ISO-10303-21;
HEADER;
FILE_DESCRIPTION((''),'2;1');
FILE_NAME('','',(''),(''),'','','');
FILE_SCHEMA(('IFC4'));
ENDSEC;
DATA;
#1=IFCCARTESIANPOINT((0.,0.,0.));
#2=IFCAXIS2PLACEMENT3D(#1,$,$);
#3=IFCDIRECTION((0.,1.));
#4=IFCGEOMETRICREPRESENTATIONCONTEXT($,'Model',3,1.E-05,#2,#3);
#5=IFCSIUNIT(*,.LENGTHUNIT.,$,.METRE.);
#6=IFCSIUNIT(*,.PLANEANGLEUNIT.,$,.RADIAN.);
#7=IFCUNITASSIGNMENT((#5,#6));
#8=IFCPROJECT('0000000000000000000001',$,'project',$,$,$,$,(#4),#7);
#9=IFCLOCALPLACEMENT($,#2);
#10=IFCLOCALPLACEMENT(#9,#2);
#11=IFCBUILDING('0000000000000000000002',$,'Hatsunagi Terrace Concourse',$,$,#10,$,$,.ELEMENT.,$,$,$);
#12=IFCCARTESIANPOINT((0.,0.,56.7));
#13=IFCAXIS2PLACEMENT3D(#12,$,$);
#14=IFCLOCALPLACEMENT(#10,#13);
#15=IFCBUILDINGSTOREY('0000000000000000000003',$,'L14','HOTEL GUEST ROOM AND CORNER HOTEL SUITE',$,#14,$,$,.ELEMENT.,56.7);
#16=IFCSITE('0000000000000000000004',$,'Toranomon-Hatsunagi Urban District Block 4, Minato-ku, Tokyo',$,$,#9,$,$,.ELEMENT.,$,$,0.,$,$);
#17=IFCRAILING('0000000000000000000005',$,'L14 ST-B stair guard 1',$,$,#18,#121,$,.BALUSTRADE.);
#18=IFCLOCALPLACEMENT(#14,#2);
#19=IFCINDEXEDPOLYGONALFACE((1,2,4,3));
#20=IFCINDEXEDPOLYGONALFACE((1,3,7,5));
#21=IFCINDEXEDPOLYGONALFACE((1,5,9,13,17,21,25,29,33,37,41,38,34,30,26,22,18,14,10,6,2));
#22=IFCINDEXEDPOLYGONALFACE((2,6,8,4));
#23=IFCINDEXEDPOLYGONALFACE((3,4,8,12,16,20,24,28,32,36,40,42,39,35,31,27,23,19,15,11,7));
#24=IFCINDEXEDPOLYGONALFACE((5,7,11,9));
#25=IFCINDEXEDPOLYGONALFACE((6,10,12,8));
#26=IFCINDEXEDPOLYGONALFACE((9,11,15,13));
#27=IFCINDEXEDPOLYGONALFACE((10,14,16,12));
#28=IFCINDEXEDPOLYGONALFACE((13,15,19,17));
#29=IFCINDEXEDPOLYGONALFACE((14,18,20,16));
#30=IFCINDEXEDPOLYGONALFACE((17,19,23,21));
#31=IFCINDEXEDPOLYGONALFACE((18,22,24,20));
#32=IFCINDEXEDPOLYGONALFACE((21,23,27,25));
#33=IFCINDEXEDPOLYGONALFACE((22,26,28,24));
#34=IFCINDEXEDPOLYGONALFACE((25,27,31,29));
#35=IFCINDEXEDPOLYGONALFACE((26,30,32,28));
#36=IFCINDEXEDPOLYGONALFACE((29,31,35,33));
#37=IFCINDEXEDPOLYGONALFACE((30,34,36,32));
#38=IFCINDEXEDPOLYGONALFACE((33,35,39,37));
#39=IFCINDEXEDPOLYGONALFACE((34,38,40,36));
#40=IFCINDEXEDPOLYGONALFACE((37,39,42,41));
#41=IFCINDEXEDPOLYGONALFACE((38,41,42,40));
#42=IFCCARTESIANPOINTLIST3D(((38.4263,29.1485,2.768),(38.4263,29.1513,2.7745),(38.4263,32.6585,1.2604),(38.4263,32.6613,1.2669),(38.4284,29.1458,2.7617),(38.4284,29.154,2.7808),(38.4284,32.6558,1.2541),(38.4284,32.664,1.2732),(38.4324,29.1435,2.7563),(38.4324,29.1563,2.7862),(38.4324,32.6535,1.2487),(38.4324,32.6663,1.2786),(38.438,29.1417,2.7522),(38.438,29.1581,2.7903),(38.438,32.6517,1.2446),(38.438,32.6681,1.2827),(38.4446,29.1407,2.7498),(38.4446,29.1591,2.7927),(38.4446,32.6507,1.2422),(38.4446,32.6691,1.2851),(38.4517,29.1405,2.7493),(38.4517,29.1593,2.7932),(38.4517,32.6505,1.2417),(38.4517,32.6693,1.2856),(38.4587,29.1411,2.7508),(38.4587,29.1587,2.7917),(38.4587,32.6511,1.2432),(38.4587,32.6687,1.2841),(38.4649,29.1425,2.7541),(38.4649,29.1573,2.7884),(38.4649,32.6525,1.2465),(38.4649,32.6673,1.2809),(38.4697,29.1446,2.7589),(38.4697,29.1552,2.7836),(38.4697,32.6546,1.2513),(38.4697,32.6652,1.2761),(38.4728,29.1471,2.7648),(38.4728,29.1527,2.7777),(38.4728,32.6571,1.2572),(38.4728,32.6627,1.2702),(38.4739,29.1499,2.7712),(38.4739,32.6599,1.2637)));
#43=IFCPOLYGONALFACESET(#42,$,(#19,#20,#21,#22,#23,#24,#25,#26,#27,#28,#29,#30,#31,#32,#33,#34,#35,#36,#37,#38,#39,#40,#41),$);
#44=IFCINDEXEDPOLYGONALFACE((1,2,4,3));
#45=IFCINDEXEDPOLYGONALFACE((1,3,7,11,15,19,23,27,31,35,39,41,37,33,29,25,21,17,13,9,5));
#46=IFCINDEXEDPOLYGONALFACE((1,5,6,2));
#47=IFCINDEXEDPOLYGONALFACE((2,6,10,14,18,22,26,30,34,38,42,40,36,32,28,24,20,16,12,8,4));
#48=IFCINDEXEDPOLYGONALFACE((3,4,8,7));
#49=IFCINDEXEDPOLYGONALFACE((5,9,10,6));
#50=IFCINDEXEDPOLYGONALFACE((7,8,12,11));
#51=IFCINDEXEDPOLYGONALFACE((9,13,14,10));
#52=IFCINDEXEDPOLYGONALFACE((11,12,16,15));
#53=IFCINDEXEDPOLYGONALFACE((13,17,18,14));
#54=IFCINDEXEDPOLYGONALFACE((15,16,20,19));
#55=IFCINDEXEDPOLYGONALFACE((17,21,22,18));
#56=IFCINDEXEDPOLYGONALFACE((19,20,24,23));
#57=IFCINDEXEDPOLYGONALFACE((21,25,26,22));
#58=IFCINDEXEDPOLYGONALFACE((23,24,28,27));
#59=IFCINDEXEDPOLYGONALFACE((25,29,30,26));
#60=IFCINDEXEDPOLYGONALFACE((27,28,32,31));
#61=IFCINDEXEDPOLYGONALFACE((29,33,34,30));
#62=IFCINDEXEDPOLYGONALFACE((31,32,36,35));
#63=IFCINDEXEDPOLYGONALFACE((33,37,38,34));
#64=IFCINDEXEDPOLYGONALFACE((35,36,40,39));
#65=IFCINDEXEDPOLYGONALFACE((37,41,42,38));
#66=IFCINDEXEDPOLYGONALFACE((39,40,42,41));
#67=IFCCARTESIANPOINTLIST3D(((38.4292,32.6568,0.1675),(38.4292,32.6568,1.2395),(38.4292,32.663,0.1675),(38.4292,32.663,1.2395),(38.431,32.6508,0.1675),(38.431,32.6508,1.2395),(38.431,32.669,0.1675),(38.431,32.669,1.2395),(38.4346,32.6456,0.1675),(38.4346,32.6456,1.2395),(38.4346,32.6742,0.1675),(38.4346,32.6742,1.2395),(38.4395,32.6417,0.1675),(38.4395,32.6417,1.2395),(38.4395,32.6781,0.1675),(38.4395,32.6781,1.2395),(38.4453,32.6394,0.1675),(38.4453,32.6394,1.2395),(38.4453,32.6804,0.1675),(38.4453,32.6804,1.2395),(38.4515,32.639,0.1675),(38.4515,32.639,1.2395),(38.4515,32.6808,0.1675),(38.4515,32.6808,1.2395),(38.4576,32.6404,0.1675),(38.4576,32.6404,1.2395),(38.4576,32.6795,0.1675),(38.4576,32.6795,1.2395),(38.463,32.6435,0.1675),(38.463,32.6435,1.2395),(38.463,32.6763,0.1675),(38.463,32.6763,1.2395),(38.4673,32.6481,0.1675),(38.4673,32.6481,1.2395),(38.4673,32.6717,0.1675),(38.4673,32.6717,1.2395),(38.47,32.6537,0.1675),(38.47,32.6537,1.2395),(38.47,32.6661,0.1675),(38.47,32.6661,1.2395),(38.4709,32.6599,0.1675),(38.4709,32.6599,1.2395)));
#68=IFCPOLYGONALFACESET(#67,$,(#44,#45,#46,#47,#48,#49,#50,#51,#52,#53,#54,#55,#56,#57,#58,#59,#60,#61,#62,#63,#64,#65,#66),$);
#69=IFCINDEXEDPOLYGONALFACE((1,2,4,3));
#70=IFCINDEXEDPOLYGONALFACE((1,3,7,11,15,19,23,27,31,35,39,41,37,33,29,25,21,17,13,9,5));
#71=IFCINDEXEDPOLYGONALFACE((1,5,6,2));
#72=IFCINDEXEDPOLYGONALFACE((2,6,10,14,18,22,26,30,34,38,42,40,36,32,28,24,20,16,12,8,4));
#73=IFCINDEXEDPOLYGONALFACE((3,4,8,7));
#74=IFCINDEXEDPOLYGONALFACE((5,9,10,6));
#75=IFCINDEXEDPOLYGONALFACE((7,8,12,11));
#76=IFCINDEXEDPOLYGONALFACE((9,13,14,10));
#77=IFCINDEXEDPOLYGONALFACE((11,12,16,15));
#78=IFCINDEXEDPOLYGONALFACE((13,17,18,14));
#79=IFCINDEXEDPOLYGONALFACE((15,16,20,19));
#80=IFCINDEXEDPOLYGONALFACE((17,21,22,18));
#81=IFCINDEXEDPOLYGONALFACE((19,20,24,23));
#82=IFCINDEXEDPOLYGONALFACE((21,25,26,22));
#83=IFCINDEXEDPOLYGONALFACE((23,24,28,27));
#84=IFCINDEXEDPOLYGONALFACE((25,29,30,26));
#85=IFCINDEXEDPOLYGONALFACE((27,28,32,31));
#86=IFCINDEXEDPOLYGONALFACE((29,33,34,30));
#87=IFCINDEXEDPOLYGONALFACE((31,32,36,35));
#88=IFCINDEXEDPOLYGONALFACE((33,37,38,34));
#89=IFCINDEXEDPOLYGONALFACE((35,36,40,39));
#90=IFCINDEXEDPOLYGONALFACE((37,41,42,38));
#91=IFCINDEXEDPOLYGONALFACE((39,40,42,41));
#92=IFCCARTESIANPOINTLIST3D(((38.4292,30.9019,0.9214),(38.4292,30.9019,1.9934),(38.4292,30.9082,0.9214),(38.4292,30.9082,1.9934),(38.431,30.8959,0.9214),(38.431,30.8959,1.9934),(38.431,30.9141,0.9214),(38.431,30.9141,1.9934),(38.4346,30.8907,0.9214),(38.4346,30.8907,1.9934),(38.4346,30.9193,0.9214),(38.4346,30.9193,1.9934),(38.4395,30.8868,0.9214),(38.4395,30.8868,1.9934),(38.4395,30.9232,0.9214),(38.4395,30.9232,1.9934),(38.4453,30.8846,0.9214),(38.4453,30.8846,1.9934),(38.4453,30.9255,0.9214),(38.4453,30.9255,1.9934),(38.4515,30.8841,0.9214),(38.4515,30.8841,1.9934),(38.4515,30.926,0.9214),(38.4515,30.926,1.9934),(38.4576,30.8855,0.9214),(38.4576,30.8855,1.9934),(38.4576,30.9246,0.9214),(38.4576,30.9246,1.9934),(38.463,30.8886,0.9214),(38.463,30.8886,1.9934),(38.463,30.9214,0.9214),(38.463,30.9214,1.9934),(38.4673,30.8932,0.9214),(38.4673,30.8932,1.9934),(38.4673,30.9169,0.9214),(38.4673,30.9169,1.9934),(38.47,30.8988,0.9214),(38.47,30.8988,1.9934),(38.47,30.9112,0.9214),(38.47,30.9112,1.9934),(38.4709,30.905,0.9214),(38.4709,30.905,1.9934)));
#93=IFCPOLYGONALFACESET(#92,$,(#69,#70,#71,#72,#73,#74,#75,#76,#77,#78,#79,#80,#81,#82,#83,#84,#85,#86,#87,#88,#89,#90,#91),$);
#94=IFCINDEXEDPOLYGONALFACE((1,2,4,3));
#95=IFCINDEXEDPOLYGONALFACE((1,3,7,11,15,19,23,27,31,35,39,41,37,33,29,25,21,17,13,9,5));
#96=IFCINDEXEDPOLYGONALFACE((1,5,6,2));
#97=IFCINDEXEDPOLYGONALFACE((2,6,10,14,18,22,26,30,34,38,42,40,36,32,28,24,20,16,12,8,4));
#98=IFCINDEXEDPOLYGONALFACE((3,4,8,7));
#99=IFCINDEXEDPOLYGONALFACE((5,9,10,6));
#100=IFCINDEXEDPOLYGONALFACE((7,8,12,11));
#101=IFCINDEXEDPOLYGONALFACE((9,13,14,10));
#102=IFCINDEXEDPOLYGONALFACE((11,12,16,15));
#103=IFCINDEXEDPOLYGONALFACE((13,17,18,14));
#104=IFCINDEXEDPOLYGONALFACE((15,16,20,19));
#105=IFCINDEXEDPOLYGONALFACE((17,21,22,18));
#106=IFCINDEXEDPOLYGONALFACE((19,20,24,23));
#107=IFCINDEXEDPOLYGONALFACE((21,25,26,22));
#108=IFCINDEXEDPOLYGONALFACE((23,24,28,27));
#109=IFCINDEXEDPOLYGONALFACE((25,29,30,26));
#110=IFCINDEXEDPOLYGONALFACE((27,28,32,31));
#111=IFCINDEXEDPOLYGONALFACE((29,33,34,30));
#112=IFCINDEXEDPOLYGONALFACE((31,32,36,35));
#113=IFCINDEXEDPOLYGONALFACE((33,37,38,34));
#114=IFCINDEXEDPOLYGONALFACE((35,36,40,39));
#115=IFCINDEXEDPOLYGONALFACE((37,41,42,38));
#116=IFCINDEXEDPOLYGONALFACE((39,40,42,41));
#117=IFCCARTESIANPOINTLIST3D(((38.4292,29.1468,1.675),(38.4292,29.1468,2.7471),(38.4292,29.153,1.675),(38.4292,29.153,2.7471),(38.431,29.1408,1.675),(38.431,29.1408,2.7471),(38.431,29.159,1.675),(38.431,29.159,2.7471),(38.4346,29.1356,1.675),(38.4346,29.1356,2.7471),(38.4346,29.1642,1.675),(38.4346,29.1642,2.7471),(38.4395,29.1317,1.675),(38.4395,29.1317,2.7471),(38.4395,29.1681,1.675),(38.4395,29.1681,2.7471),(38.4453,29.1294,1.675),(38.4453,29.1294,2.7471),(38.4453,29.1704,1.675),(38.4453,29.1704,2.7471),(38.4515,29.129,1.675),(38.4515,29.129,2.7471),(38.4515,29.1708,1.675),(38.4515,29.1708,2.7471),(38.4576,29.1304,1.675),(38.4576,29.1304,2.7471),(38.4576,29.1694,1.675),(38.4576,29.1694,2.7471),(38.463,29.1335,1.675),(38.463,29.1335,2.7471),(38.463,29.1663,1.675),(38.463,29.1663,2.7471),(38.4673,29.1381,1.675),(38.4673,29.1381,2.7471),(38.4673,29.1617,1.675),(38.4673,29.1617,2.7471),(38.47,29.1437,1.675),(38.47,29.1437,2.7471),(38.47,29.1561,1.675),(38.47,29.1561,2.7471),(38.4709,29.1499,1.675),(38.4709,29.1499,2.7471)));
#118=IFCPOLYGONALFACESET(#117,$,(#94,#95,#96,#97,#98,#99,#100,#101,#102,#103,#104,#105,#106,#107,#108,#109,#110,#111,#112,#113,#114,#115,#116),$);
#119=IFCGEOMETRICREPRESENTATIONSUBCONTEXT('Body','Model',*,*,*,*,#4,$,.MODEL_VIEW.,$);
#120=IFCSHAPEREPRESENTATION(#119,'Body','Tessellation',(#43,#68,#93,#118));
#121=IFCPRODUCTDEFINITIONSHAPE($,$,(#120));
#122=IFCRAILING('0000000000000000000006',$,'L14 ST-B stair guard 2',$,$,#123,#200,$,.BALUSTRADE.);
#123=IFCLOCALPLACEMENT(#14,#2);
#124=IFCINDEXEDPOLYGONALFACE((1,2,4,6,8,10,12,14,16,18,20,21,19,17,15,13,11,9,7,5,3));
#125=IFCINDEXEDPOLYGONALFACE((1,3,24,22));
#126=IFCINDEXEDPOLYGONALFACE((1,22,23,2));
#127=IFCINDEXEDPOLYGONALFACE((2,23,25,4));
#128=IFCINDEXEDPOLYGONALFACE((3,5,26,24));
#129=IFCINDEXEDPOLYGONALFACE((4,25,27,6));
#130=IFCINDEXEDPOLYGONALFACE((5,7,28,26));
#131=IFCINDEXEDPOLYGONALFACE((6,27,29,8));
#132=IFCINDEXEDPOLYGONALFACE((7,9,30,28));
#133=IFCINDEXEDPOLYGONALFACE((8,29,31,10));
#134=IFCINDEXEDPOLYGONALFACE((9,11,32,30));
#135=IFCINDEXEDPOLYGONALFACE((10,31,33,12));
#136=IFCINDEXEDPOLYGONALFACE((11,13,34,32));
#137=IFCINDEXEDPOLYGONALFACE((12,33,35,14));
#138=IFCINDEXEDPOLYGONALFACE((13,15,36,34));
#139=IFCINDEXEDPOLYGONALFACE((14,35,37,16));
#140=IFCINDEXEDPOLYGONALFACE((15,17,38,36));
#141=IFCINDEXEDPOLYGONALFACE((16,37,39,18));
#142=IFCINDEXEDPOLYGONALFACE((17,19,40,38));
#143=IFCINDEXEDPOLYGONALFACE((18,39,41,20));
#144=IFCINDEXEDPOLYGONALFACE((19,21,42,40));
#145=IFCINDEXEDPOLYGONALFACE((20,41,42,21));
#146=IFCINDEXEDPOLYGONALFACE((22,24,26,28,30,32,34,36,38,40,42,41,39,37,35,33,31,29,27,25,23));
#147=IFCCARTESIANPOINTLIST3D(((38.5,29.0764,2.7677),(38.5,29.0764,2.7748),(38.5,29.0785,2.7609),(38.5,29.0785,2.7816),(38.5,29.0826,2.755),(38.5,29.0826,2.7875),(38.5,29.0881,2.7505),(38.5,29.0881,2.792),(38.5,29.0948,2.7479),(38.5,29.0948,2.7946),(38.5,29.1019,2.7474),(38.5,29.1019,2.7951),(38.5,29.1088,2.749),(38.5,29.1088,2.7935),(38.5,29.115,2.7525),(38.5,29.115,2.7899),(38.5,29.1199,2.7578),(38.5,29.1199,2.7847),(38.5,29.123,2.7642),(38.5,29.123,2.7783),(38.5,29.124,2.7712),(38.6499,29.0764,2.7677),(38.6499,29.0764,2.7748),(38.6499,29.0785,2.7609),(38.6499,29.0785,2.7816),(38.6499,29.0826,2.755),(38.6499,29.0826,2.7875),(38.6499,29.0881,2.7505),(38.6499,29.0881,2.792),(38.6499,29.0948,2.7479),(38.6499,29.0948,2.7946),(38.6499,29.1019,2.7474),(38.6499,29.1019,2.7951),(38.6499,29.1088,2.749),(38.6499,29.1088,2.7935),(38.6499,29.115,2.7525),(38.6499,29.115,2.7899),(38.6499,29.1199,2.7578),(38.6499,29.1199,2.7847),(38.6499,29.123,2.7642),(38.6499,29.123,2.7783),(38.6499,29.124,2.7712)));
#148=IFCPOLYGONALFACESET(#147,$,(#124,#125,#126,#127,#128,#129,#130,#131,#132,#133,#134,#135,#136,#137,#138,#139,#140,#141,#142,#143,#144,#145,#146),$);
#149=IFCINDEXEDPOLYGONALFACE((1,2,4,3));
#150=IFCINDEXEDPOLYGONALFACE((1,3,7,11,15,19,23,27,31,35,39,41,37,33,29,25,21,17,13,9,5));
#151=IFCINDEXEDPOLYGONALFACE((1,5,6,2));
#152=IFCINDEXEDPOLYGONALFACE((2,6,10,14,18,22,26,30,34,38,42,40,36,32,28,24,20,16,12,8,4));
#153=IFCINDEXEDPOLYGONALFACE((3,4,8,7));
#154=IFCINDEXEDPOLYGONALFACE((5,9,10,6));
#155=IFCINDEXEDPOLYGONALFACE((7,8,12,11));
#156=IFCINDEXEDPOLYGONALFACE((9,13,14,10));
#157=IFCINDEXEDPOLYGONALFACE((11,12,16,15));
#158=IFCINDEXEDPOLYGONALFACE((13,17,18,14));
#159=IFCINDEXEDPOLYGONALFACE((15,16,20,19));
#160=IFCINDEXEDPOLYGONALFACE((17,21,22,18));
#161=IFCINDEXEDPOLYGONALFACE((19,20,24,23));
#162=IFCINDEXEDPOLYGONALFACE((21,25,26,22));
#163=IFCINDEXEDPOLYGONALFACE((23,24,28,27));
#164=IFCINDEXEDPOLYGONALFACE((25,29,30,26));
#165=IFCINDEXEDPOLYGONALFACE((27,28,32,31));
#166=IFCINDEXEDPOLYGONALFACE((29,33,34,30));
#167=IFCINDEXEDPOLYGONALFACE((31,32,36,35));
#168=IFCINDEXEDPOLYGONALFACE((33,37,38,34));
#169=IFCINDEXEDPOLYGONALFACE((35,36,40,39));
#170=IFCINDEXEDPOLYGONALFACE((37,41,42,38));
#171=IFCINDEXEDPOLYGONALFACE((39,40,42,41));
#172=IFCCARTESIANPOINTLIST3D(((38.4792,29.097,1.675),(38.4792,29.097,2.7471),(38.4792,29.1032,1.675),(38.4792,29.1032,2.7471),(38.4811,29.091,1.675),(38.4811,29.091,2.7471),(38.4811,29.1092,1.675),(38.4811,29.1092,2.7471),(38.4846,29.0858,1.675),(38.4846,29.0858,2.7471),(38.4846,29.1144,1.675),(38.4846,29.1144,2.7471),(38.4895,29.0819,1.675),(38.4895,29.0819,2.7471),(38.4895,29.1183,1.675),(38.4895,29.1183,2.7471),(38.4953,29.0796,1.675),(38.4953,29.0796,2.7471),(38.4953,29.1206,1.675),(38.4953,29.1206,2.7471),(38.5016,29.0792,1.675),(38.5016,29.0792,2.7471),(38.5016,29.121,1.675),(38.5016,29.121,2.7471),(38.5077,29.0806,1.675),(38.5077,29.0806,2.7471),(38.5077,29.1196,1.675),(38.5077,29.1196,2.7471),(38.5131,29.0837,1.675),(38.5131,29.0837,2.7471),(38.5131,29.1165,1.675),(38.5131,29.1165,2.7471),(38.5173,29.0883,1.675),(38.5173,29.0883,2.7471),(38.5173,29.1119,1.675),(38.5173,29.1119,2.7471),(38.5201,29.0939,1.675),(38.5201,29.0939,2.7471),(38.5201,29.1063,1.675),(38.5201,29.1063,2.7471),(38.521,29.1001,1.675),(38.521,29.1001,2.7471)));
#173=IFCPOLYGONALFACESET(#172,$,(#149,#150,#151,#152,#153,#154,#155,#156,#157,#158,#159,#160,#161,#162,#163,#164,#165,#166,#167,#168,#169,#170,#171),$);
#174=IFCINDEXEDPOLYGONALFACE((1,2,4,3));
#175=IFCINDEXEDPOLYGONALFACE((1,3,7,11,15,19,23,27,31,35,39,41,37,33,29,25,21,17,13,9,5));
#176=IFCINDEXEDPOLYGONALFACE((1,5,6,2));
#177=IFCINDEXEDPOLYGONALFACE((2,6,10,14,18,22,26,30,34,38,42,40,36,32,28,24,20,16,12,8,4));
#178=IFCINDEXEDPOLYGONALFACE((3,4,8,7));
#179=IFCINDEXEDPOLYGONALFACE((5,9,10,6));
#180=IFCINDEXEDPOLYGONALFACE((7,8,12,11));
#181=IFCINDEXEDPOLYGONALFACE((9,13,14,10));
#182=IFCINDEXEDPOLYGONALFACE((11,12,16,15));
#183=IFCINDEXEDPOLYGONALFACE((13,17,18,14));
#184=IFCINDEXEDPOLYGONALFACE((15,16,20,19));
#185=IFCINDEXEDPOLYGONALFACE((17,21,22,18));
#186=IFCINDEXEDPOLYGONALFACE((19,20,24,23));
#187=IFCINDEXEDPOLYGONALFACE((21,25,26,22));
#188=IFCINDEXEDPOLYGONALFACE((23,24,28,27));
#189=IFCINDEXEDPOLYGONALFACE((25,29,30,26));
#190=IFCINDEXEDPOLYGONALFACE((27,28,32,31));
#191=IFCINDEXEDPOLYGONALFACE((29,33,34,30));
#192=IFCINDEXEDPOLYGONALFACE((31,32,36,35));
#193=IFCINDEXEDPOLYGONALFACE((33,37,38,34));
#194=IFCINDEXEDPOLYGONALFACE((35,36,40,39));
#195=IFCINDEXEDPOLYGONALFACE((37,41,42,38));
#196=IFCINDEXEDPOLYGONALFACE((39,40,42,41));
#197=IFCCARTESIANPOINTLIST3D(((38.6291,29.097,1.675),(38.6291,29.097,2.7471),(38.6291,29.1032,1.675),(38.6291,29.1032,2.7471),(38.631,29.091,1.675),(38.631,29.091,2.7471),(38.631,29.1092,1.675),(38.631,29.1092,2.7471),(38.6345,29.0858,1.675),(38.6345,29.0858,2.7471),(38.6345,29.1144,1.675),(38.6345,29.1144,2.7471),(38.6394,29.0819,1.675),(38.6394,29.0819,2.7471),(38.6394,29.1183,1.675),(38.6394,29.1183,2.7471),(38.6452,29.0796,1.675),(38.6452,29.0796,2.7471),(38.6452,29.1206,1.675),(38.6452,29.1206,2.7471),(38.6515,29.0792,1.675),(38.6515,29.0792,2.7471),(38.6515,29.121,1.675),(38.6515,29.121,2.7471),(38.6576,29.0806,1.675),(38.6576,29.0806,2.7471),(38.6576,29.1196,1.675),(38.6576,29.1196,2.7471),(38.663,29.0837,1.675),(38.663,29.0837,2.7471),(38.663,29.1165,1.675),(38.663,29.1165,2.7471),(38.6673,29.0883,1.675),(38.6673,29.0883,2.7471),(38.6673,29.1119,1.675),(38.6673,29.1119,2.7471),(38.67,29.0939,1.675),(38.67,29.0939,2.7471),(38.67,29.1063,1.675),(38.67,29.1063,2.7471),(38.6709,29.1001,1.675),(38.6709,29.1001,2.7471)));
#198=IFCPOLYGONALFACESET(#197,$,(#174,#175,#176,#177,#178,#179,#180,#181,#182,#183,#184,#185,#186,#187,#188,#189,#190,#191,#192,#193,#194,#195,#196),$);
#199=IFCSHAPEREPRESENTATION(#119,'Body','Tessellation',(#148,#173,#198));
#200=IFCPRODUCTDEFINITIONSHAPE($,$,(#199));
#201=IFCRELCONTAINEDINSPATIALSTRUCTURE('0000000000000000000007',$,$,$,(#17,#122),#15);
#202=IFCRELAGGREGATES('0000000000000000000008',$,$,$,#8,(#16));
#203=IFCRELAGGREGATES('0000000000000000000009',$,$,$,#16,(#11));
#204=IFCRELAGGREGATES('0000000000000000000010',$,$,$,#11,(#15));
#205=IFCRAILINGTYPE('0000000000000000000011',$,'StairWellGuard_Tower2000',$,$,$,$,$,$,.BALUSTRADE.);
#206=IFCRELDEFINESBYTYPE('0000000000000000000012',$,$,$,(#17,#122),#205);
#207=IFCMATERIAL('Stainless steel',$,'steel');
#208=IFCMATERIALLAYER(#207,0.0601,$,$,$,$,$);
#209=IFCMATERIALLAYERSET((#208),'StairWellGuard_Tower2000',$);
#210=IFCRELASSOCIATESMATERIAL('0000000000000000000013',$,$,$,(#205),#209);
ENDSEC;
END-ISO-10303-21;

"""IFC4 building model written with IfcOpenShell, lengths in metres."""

from ifc_helpers import new_model, si_unit, direction, frame, origin, origin_2d, place, context, subcontext, project, spatial, circle, extrude, material, layer, layer_set, type_object, element, save


model = new_model("IFC4")

# Units and contexts
model_context = context("Model", 3, precision=1e-05, world=origin(), true_north=direction((0.0, 1.0)))
body_context = subcontext(model_context, "Body", "Model", "MODEL_VIEW")
ifc_project = project(units=[si_unit("LENGTHUNIT", "METRE"), si_unit("PLANEANGLEUNIT", "RADIAN")], contexts=[model_context])

# Site, building, storey
site_placement = place(None, origin())
site = spatial("IfcSite", under=ifc_project, at=site_placement, Name="Toranomon-Hatsunagi Urban District Block 4, Minato-ku, Tokyo", CompositionType="ELEMENT", RefElevation=0.0)
building_placement = place(site_placement, origin())
building = spatial("IfcBuilding", under=site, at=building_placement, Name="Hatsunagi Terrace Concourse", CompositionType="ELEMENT")
storey_placement = place(building_placement, frame((0.0, 0.0, 56.7)))
storey = spatial("IfcBuildingStorey", under=building, at=storey_placement, Name="L14", Description="HOTEL GUEST ROOM AND CORNER HOTEL SUITE", CompositionType="ELEMENT", Elevation=56.7)

# Railings
ifc_material_1 = material(Name="Stainless steel", Category="steel")
ifc_layer_1 = layer(ifc_material_1, 0.0601)
ifc_layer_set_1 = layer_set([ifc_layer_1], Name="StairWellGuard_Tower2000")
railing_type_1 = type_object("IfcRailingType", Name="StairWellGuard_Tower2000", PredefinedType="BALUSTRADE", material=ifc_layer_set_1)
railing_1_placement = place(storey_placement, frame((38.45, 32.6599, 0.1675)))
element("IfcRailing", 1, at=railing_1_placement, inside=storey, type_object=railing_type_1, Name="L14 ST-B stair guard 1", PredefinedType="BALUSTRADE", context=body_context, shape_type="SweptSolid", body=[
    extrude(circle(Radius=0.0239, at=origin_2d()), frame((0.0, 0.0, 1.0962), z_axis=(0.0, -0.918834, 0.394644), x_axis=(1.0, 0.0, 0.0)), (0.0, 0.0, 1.0), 3.8201),
    extrude(circle(Radius=0.021, at=origin_2d()), origin(), (0.0, 0.0, 1.0), 1.072),
    extrude(circle(Radius=0.021, at=origin_2d()), frame((0.0, -1.7549, 0.7539)), (0.0, 0.0, 1.0), 1.072),
    extrude(circle(Radius=0.021, at=origin_2d()), frame((0.0, -3.51, 1.5076)), (0.0, 0.0, 1.0), 1.072),
])
railing_2_placement = place(storey_placement, frame((38.5, 29.1001, 1.675)))
element("IfcRailing", 2, at=railing_2_placement, inside=storey, type_object=railing_type_1, Name="L14 ST-B stair guard 2", PredefinedType="BALUSTRADE", context=body_context, shape_type="SweptSolid", body=[
    extrude(circle(Radius=0.0239, at=origin_2d()), frame((0.0, 0.0, 1.0962), z_axis=(1.0, 0.0, 0.0), x_axis=(0.0, 1.0, 0.0)), (0.0, 0.0, 1.0), 0.1499),
    extrude(circle(Radius=0.021, at=origin_2d()), origin(), (0.0, 0.0, 1.0), 1.072),
    extrude(circle(Radius=0.021, at=origin_2d()), frame((0.1499, 0.0, 0.0)), (0.0, 0.0, 1.0), 1.072),
])

save(model, "model.ifc")
